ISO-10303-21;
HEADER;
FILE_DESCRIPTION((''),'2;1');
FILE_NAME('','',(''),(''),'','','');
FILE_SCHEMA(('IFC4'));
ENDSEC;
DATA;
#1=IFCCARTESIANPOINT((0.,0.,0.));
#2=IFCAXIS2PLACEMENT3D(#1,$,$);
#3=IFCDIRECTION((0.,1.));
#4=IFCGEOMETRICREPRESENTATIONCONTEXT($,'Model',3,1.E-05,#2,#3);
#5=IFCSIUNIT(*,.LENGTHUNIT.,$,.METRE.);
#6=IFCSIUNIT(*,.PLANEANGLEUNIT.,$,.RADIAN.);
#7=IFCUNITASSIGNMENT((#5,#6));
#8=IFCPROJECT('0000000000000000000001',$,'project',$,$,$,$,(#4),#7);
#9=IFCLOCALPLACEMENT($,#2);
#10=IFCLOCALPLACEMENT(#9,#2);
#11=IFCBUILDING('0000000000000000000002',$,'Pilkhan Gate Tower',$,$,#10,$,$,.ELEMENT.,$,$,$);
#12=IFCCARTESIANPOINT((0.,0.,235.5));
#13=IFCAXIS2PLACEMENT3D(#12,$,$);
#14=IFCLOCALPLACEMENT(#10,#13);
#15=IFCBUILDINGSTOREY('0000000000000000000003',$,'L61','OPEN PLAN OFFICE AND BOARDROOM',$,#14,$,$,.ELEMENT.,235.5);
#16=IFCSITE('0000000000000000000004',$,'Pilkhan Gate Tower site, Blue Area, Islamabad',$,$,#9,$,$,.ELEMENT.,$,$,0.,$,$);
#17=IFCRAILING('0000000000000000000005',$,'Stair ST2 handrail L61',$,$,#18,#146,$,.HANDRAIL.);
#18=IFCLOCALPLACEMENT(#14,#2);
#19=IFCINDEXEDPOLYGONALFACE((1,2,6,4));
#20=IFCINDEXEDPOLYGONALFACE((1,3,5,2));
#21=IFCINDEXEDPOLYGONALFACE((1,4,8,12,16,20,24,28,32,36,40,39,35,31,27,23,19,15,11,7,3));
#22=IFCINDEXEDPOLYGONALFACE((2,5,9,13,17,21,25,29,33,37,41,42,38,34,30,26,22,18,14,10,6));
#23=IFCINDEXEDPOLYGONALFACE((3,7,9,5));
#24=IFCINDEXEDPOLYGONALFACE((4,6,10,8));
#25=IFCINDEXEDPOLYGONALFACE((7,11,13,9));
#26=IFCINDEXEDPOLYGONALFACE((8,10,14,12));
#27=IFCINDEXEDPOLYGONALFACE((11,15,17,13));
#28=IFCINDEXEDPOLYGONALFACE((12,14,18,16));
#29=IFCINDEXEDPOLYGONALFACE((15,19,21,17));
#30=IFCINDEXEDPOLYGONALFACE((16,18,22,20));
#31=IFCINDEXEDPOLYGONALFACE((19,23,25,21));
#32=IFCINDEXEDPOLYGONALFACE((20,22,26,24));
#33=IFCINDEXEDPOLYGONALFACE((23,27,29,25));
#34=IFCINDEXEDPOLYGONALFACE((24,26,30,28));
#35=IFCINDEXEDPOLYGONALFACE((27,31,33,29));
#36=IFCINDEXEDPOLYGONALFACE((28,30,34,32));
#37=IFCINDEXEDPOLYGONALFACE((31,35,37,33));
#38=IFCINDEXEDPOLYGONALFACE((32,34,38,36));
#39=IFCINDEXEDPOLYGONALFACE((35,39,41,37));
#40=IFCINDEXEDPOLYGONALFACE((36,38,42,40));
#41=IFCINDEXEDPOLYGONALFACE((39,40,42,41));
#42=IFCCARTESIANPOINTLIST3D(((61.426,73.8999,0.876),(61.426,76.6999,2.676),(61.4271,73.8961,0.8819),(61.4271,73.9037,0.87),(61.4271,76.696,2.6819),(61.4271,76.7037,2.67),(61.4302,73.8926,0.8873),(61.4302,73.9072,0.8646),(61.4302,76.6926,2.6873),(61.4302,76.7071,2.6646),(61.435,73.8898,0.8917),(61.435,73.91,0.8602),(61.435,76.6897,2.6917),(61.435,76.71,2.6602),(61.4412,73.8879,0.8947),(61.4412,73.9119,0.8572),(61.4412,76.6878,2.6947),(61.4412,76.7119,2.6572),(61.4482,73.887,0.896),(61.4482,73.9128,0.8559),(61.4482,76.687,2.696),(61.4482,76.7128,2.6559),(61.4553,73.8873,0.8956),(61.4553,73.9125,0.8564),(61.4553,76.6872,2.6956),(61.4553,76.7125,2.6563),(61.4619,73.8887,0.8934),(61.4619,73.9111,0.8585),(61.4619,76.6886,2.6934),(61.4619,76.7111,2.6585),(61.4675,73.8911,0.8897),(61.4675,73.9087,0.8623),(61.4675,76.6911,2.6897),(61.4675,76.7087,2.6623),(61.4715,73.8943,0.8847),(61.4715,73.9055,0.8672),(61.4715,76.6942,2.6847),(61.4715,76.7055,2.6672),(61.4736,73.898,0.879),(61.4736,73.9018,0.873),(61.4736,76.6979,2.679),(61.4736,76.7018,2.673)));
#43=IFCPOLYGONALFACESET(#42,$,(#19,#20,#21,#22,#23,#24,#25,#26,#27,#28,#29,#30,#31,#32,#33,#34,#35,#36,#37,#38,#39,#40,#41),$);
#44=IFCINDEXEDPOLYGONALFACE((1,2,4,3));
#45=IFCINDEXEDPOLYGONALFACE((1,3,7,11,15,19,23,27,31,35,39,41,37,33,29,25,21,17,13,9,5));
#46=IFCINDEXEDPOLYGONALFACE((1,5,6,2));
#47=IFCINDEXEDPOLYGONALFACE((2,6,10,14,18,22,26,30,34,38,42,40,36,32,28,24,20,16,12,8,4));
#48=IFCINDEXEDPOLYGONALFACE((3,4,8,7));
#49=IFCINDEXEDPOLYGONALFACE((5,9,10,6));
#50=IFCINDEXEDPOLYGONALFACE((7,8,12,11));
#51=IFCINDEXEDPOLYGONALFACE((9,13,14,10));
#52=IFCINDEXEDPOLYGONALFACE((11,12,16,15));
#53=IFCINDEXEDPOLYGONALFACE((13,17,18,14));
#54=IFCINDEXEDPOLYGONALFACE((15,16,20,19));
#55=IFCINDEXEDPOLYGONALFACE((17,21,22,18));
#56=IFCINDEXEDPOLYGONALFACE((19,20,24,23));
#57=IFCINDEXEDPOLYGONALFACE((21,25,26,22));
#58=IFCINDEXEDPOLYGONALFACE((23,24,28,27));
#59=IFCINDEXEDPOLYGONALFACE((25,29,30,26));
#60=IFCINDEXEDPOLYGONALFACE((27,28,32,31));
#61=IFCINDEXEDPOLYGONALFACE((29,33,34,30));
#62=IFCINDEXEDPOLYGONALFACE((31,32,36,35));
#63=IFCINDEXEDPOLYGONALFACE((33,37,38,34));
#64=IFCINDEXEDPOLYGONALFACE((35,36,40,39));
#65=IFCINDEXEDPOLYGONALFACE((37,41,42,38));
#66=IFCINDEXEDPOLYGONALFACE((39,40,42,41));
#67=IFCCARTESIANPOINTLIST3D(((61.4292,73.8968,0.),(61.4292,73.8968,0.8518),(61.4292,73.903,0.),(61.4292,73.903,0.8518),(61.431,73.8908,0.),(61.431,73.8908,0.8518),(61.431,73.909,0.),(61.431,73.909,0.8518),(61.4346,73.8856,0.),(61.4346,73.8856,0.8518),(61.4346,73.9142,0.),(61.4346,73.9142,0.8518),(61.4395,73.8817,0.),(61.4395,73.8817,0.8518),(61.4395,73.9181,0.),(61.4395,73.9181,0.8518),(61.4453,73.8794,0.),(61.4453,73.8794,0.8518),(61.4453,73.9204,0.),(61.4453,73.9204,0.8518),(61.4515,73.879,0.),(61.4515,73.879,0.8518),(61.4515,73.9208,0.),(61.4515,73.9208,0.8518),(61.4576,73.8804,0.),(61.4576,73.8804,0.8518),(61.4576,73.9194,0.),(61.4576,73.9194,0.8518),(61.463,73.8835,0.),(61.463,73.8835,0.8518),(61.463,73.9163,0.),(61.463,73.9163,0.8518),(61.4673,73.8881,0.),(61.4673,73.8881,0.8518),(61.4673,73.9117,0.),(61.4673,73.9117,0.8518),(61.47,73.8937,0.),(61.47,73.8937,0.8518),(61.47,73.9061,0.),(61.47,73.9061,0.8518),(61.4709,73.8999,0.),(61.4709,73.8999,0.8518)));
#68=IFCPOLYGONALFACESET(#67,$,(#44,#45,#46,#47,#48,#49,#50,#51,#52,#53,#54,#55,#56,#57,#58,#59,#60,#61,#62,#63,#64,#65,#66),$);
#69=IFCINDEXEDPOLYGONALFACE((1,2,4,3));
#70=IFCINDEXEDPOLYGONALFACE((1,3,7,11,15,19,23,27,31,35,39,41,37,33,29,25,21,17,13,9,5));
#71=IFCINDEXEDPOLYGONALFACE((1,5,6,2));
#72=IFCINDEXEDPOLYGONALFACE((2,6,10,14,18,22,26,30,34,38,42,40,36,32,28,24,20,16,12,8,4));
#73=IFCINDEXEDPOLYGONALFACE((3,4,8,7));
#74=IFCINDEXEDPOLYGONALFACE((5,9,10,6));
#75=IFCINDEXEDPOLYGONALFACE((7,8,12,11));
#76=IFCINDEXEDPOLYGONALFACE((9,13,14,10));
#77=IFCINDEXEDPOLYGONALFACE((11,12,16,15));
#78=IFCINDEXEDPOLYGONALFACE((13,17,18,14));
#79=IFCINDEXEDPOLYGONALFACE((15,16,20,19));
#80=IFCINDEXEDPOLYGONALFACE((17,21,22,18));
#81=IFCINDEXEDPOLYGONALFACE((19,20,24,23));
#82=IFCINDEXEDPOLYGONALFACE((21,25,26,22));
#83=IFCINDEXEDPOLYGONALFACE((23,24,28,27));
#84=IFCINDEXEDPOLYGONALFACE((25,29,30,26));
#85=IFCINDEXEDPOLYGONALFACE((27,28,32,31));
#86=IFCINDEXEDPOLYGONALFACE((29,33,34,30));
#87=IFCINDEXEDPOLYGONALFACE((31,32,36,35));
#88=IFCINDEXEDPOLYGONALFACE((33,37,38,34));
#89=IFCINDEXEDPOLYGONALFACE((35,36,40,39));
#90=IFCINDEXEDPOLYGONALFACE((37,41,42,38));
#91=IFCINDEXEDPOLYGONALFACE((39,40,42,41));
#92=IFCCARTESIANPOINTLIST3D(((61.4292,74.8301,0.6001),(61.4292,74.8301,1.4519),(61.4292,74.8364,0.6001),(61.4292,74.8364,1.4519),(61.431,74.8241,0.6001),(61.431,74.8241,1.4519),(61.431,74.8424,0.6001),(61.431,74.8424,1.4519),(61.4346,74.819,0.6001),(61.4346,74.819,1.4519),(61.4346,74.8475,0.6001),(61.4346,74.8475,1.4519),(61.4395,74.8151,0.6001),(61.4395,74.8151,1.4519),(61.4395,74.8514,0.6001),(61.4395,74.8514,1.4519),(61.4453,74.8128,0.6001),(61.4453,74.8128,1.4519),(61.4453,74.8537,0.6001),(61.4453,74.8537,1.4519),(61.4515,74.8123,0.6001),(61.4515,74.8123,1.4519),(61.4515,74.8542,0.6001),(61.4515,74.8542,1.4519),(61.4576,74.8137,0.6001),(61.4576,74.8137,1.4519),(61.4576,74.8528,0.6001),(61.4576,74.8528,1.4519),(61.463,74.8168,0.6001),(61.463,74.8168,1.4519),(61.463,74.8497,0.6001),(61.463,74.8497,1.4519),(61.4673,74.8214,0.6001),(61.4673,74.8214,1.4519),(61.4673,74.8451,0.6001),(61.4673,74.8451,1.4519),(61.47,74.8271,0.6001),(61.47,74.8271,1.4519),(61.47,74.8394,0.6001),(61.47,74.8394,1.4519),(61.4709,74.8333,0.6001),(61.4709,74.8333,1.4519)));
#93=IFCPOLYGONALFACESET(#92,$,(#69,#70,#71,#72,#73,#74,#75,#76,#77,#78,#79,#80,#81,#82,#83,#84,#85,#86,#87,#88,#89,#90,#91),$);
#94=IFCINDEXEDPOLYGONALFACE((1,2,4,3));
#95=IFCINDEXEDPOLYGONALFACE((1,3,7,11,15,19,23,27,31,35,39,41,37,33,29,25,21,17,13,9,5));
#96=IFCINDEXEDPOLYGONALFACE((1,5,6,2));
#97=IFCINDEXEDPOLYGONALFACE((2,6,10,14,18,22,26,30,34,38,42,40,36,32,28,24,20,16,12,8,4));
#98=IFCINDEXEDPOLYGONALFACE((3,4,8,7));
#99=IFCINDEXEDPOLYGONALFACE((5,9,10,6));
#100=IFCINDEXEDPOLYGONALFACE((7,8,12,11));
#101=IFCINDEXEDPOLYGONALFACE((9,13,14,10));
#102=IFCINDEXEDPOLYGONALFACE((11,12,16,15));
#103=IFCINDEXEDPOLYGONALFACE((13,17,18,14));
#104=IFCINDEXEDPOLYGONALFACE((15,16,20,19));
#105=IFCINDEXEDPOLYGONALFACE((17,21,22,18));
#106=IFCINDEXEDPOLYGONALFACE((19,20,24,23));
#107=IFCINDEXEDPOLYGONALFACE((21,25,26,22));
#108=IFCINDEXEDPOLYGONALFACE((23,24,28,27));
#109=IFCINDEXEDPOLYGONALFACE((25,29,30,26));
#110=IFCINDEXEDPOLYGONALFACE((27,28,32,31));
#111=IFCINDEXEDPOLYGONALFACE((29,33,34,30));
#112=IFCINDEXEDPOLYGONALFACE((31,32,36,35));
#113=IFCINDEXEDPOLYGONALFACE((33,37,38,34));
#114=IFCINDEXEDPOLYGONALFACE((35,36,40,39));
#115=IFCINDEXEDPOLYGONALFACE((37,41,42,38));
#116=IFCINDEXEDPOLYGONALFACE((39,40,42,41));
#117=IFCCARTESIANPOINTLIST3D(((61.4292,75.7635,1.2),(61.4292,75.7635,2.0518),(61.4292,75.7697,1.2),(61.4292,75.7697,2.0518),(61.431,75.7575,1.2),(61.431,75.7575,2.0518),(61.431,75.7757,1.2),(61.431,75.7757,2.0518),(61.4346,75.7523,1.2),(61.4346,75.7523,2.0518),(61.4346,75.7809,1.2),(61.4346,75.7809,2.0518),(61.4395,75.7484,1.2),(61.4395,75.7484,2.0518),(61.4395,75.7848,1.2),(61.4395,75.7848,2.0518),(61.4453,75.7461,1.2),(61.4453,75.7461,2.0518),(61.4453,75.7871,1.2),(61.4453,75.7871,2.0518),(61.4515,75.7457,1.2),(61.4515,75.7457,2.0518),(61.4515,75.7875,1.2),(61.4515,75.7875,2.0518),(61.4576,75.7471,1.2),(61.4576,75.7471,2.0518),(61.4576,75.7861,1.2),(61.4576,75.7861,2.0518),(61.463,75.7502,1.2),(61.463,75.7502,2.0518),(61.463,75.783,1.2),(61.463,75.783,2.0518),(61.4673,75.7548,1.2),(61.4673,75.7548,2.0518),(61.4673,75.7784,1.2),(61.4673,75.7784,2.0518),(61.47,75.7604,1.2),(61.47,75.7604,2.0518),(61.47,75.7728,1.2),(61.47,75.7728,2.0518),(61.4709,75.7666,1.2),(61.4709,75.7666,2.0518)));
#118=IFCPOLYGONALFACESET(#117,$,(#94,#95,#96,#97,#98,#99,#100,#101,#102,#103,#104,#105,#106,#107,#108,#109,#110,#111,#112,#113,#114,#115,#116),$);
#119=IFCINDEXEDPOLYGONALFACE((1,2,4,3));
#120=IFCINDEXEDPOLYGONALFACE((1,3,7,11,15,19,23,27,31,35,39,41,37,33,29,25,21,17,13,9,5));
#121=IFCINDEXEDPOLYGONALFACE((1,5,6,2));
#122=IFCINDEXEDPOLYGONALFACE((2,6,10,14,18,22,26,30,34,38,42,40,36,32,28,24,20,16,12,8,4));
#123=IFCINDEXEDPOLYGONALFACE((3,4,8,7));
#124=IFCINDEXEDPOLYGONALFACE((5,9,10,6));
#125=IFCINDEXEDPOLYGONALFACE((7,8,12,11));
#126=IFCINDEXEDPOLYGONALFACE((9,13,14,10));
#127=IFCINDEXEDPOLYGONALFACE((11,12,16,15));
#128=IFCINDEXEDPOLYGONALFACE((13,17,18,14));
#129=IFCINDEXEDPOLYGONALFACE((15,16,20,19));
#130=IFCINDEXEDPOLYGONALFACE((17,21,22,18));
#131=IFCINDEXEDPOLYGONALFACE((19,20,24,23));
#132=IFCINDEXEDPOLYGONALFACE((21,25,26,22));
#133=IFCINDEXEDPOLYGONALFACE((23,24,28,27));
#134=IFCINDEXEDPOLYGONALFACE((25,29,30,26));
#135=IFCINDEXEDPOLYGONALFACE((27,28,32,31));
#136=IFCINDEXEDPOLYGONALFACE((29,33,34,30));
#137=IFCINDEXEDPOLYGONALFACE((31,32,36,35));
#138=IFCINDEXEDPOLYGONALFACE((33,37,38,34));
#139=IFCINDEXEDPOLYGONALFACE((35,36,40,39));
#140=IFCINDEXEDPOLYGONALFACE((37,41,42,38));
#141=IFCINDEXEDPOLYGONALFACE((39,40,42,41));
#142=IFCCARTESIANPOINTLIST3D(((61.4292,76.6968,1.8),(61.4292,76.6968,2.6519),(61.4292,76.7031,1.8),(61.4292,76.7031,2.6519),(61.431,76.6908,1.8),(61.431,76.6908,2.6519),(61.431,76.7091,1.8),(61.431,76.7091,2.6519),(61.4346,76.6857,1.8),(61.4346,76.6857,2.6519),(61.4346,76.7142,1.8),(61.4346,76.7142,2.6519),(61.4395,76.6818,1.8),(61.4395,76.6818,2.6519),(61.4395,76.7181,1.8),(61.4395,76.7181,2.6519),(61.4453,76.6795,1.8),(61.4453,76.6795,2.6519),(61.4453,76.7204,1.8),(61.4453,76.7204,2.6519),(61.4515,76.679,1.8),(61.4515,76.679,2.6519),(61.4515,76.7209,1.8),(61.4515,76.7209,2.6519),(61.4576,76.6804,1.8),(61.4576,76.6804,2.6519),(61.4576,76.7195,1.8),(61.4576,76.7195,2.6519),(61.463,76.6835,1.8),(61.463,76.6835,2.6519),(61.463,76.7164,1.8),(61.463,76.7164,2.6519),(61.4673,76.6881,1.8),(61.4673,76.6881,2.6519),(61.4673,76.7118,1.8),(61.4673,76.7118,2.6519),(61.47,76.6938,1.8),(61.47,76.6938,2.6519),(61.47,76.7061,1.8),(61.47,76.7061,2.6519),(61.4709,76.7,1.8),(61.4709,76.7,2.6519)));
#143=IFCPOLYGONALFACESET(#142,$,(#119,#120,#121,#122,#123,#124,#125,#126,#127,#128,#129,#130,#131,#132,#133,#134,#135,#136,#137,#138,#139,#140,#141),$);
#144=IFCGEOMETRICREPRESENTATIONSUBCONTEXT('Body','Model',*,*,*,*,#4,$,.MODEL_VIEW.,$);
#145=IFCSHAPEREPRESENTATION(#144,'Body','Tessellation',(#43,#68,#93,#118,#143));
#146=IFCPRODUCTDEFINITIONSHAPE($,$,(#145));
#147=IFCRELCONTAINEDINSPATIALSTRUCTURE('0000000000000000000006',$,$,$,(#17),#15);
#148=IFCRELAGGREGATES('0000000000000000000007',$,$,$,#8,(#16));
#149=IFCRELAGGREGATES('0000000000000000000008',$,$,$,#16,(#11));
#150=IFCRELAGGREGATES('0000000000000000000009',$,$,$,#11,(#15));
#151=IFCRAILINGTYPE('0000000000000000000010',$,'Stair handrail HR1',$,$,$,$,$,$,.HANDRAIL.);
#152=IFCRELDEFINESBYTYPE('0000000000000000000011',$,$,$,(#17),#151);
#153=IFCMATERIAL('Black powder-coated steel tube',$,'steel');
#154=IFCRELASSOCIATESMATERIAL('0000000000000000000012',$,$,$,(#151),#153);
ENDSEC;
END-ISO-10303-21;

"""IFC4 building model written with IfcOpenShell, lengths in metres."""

from ifc_helpers import new_model, si_unit, direction, frame, origin, origin_2d, place, context, subcontext, project, spatial, circle, extrude, material, type_object, element, save


model = new_model("IFC4")

# Units and contexts
model_context = context("Model", 3, precision=1e-05, world=origin(), true_north=direction((0.0, 1.0)))
body_context = subcontext(model_context, "Body", "Model", "MODEL_VIEW")
ifc_project = project(units=[si_unit("LENGTHUNIT", "METRE"), si_unit("PLANEANGLEUNIT", "RADIAN")], contexts=[model_context])

# Site, building, storey
site_placement = place(None, origin())
site = spatial("IfcSite", under=ifc_project, at=site_placement, Name="Pilkhan Gate Tower site, Blue Area, Islamabad", CompositionType="ELEMENT", RefElevation=0.0)
building_placement = place(site_placement, origin())
building = spatial("IfcBuilding", under=site, at=building_placement, Name="Pilkhan Gate Tower", CompositionType="ELEMENT")
storey_placement = place(building_placement, frame((0.0, 0.0, 235.5)))
storey = spatial("IfcBuildingStorey", under=building, at=storey_placement, Name="L61", Description="OPEN PLAN OFFICE AND BOARDROOM", CompositionType="ELEMENT", Elevation=235.5)

# Railing
ifc_material_1 = material(Name="Black powder-coated steel tube", Category="steel")
railing_type_1 = type_object("IfcRailingType", Name="Stair handrail HR1", PredefinedType="HANDRAIL", material=ifc_material_1)
railing_1_placement = place(storey_placement, frame((61.45, 73.8999, 0.0)))
element("IfcRailing", 1, at=railing_1_placement, inside=storey, type_object=railing_type_1, Name="Stair ST2 handrail L61", PredefinedType="HANDRAIL", context=body_context, shape_type="SweptSolid", body=[
    extrude(circle(Radius=0.0239, at=origin_2d()), frame((0.0, 0.0, 0.876), z_axis=(0.0, 0.841176, 0.540761), x_axis=(-1.0, 0.0, 0.0)), (0.0, 0.0, 1.0), 3.3286),
    extrude(circle(Radius=0.021, at=origin_2d()), origin(), (0.0, 0.0, 1.0), 0.8518),
    extrude(circle(Radius=0.021, at=origin_2d()), frame((0.0, 0.9333, 0.6001)), (0.0, 0.0, 1.0), 0.8518),
    extrude(circle(Radius=0.021, at=origin_2d()), frame((0.0, 1.8667, 1.2)), (0.0, 0.0, 1.0), 0.8518),
    extrude(circle(Radius=0.021, at=origin_2d()), frame((0.0, 2.8, 1.8)), (0.0, 0.0, 1.0), 0.8518),
])

save(model, "model.ifc")
